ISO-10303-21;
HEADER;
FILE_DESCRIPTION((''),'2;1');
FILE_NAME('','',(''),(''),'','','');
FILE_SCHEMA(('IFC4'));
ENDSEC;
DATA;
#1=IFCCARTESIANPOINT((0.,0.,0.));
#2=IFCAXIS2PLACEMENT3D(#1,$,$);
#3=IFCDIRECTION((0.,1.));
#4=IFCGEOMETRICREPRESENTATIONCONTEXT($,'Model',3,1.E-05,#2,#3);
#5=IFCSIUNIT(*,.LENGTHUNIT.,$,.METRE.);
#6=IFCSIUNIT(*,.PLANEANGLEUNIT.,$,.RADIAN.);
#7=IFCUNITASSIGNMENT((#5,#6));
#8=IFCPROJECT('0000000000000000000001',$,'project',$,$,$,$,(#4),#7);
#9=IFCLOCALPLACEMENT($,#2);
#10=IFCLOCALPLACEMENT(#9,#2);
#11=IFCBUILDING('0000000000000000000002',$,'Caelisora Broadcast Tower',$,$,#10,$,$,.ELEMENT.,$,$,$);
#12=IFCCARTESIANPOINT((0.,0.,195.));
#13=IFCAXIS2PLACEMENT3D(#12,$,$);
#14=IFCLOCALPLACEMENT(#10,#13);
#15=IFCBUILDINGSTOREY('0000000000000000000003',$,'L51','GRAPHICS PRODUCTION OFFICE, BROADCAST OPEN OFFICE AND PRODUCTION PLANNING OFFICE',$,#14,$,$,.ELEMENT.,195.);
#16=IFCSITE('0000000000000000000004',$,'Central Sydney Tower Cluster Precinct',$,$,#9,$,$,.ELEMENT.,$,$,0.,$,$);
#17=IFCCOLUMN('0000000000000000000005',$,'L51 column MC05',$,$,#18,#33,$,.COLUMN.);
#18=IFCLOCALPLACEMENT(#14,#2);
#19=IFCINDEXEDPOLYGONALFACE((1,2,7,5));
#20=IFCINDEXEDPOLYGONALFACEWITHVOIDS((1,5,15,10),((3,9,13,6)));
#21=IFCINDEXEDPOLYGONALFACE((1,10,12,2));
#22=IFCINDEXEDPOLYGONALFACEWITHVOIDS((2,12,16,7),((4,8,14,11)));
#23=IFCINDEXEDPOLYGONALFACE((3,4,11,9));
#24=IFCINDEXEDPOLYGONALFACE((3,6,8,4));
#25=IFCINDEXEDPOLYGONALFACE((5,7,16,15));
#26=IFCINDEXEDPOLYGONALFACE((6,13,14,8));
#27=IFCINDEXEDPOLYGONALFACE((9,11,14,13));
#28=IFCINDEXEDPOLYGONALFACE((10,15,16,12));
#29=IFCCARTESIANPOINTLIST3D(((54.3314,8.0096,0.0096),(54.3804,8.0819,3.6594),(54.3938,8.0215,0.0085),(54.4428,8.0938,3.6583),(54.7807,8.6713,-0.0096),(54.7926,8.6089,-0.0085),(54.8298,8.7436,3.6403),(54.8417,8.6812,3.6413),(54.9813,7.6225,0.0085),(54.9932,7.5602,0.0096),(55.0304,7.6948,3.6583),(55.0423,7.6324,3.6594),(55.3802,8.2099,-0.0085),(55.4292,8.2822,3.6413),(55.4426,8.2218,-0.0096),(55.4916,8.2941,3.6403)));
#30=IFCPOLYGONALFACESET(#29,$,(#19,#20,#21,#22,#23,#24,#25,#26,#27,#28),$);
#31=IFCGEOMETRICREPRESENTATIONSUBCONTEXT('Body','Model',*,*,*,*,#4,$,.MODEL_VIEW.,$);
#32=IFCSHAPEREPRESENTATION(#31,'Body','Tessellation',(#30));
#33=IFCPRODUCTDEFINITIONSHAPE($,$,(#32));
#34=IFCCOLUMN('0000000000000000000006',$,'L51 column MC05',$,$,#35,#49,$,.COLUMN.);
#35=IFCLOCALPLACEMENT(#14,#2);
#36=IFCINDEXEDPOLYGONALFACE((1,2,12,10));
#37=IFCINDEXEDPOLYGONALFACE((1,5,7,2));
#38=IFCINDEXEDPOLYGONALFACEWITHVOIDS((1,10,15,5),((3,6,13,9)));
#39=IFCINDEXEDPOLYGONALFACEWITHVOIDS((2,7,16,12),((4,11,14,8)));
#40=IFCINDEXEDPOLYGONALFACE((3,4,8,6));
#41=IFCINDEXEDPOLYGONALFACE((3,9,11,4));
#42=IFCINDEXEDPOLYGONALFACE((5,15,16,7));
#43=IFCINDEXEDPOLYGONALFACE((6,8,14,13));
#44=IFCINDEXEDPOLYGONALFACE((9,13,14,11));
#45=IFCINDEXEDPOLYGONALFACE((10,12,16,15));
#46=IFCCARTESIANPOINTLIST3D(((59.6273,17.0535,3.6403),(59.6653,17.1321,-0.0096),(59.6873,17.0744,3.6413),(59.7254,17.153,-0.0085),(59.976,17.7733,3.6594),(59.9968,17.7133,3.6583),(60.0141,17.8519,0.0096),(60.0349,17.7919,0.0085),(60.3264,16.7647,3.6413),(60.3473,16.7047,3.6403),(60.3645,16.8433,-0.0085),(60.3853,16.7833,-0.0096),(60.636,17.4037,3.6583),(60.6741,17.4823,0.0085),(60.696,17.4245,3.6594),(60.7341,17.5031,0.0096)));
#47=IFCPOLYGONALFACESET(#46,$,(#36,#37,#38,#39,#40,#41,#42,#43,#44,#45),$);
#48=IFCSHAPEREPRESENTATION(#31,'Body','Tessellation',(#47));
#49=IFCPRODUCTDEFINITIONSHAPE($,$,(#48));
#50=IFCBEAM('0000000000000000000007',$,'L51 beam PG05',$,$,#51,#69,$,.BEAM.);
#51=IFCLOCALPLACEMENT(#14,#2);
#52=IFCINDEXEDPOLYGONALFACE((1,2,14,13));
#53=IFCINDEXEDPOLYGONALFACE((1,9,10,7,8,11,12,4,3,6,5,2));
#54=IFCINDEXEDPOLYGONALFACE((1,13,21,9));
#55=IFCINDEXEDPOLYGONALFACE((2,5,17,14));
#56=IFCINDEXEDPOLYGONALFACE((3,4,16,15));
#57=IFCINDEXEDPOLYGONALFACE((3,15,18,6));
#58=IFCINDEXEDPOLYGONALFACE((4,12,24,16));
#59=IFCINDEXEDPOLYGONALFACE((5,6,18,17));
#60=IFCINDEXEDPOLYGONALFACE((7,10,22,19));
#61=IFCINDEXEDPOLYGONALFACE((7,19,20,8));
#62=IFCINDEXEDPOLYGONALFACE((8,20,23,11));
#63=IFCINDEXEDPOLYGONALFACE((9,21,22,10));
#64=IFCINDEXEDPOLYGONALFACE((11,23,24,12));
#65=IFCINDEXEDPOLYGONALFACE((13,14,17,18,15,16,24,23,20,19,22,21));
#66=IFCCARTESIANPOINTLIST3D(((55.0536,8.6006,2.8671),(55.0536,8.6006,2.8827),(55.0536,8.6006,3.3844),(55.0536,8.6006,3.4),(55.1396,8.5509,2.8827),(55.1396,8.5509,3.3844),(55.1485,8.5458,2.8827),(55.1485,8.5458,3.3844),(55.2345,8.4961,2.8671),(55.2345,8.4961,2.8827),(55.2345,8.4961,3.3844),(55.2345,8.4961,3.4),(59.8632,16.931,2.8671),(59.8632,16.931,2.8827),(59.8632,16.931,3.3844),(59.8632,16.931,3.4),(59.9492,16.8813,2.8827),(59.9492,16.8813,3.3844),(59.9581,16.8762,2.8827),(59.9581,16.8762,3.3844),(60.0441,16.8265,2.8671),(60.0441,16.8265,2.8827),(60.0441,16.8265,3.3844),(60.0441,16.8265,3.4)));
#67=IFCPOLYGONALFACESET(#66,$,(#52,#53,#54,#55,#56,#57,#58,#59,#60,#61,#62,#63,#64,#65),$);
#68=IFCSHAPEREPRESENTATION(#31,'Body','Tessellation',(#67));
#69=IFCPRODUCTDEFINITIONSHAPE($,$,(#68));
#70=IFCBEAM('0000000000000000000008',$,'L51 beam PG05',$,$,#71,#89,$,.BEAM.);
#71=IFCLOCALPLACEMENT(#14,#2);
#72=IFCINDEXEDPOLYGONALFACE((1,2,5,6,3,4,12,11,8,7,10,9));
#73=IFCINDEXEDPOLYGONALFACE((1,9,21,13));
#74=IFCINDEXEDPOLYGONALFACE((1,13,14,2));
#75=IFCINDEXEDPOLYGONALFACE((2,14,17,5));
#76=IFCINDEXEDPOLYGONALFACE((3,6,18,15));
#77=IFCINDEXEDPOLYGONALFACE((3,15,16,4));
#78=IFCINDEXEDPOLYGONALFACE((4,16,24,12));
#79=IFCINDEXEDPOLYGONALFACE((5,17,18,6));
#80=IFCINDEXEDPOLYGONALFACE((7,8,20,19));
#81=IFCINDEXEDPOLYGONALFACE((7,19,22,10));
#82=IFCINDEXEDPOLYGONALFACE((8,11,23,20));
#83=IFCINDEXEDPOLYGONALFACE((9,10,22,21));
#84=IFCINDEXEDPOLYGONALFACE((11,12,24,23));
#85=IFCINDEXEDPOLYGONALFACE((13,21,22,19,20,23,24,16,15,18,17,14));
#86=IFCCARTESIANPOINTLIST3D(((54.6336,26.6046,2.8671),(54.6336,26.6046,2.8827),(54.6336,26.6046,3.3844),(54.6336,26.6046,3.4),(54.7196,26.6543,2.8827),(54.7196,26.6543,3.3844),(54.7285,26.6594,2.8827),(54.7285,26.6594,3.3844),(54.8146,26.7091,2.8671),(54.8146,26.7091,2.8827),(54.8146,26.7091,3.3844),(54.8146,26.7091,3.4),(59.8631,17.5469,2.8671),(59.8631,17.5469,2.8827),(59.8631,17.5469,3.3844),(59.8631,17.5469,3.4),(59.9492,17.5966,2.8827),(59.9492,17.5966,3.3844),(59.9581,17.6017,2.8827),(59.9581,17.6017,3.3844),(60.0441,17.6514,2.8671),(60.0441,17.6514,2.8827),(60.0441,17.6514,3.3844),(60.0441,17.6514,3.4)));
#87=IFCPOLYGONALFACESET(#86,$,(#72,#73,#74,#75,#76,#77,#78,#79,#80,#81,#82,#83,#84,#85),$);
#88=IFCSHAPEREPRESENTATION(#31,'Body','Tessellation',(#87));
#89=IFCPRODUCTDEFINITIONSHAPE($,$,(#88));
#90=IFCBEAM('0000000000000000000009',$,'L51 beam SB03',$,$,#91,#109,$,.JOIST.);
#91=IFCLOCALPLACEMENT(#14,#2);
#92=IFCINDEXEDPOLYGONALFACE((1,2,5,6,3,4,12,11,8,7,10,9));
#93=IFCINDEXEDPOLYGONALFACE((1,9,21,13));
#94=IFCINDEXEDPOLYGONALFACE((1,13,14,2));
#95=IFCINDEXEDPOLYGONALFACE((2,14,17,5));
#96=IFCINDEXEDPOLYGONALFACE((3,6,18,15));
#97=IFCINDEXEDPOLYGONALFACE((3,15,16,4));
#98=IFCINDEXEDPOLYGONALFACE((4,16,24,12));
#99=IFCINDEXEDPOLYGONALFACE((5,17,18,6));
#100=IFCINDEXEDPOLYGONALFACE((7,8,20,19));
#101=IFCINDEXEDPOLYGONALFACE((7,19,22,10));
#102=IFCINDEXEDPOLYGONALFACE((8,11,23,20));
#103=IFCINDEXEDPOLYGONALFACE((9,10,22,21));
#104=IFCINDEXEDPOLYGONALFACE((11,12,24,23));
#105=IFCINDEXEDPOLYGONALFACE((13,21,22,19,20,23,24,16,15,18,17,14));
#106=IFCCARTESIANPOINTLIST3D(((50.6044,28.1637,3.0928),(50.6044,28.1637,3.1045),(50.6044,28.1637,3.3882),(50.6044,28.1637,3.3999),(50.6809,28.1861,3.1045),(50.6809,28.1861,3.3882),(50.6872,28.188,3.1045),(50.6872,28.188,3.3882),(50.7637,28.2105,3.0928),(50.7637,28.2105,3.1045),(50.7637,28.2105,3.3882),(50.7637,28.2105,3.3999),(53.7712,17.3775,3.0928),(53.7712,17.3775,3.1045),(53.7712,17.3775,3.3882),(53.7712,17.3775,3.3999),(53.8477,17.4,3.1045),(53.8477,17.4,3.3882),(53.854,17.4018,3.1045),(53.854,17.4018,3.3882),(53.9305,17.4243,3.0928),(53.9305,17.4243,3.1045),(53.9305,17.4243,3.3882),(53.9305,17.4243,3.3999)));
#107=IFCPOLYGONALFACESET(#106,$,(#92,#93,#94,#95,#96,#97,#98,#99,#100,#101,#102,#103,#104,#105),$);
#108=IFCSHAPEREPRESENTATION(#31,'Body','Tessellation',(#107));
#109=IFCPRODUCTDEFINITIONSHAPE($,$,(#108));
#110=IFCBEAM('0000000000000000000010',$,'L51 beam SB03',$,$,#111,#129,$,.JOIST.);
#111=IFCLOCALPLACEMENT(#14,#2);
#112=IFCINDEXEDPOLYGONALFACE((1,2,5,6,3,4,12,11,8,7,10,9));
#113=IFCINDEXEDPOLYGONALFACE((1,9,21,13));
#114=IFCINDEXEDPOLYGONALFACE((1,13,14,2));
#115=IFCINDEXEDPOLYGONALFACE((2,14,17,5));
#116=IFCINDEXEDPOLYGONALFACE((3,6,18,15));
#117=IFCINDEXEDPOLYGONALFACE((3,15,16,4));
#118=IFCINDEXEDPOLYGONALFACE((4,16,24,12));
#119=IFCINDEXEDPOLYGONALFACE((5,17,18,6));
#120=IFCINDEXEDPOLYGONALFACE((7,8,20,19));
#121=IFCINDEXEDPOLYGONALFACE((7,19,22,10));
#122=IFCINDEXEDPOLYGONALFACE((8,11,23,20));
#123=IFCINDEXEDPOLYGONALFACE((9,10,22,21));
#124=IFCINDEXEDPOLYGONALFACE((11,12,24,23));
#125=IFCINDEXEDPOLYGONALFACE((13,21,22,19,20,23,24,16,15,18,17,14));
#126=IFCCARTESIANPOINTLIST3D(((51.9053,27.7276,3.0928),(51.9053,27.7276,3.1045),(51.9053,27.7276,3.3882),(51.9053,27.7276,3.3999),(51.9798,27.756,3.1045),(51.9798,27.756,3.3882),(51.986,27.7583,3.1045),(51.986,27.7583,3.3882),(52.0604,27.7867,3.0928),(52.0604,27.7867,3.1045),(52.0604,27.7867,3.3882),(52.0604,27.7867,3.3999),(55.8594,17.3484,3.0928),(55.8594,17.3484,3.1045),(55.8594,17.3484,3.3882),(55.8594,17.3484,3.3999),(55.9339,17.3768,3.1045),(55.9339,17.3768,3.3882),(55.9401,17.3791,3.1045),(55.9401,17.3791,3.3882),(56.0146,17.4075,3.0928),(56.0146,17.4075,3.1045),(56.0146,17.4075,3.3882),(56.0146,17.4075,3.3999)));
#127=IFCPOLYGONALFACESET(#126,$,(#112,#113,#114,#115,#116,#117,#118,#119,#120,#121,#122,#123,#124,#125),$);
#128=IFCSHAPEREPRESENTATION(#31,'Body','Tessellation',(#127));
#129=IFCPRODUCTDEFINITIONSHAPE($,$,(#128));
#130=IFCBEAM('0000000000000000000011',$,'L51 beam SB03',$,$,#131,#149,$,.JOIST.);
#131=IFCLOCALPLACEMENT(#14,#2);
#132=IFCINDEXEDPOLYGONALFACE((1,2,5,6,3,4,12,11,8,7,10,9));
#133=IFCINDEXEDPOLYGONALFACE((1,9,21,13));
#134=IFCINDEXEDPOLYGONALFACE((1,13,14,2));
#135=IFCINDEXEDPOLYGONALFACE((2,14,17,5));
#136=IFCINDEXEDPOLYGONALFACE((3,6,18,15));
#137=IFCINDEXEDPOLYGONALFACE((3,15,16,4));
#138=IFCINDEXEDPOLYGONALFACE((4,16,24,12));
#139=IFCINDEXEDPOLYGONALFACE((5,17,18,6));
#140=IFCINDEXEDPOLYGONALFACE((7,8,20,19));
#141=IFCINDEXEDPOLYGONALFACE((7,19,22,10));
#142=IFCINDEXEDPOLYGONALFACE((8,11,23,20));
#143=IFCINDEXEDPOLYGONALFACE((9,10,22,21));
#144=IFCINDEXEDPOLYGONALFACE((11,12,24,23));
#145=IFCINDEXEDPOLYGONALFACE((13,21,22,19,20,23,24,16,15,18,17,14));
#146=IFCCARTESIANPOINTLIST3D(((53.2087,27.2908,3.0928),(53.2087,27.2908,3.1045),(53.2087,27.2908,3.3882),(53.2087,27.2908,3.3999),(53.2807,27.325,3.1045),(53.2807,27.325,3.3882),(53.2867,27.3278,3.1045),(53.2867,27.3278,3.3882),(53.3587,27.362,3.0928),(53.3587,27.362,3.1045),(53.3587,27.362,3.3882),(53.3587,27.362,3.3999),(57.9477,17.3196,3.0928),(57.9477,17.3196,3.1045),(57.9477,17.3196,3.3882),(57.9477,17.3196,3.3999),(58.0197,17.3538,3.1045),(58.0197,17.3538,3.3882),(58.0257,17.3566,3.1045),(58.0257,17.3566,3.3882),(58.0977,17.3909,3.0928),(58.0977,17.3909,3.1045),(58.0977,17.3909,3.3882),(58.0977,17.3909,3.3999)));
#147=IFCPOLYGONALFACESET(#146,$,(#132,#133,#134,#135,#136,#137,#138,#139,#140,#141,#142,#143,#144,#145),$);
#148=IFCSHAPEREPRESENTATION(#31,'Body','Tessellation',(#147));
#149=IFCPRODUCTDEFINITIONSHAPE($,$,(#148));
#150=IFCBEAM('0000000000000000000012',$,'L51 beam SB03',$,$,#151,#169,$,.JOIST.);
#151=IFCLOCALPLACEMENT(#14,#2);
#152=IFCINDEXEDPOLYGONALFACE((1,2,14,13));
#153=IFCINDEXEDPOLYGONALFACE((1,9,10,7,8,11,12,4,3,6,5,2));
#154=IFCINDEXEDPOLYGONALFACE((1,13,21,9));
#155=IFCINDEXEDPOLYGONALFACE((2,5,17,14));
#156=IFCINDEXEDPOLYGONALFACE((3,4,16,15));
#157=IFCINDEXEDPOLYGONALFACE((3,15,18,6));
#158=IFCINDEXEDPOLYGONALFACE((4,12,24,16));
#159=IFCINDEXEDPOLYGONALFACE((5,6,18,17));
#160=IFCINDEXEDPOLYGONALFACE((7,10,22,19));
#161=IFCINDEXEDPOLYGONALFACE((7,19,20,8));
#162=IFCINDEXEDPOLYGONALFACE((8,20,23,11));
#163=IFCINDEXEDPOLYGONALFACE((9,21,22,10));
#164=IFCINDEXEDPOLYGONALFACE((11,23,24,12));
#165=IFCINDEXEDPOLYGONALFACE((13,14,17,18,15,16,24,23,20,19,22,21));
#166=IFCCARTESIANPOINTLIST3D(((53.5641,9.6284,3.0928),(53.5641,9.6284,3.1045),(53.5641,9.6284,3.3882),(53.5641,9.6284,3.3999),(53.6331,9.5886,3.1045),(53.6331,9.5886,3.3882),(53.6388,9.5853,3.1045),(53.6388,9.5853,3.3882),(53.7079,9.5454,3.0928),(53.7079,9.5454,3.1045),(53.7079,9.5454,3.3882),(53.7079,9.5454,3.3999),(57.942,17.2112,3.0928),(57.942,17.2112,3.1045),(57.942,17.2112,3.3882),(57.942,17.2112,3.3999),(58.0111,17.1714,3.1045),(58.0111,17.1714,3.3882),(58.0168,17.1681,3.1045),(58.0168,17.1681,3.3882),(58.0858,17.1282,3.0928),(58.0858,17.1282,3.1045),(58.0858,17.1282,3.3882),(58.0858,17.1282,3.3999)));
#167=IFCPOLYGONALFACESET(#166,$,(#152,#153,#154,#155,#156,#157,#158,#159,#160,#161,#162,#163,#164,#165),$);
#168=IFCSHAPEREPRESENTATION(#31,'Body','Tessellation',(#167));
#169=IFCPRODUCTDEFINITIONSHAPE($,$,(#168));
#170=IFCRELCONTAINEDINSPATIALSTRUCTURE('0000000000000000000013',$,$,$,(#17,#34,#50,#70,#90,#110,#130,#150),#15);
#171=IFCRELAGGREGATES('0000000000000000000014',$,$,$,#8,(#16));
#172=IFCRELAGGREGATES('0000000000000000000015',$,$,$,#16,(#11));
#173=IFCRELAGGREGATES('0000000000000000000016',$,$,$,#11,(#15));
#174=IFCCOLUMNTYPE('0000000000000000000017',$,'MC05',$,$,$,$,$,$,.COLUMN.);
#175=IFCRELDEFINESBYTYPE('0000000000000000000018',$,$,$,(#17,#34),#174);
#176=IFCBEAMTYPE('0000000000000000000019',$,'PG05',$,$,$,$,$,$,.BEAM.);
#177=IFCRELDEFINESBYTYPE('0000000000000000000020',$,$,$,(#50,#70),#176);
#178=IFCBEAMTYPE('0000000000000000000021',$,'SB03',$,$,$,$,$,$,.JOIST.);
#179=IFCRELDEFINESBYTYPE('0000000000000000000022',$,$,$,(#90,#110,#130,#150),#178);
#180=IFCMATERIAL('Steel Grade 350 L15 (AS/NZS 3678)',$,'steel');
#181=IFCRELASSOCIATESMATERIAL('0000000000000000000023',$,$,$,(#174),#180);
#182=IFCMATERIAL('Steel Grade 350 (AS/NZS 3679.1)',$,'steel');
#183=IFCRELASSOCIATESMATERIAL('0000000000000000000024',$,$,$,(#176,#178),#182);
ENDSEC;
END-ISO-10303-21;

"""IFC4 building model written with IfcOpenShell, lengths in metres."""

from ifc_helpers import new_model, si_unit, direction, frame, origin, origin_2d, place, context, subcontext, project, spatial, hollow_rectangle, i_section, extrude, source, transform, mapped, material, material_profile, profile_set, type_object, type_shapes, element, save


model = new_model("IFC4")

# Units and contexts
model_context = context("Model", 3, precision=1e-05, world=origin(), true_north=direction((0.0, 1.0)))
body_context = subcontext(model_context, "Body", "Model", "MODEL_VIEW")
ifc_project = project(units=[si_unit("LENGTHUNIT", "METRE"), si_unit("PLANEANGLEUNIT", "RADIAN")], contexts=[model_context])

# Site, building, storey
site_placement = place(None, origin())
site = spatial("IfcSite", under=ifc_project, at=site_placement, Name="Central Sydney Tower Cluster Precinct", CompositionType="ELEMENT", RefElevation=0.0)
building_placement = place(site_placement, origin())
building = spatial("IfcBuilding", under=site, at=building_placement, Name="Caelisora Broadcast Tower", CompositionType="ELEMENT")
storey_placement = place(building_placement, frame((0.0, 0.0, 195.0)))
storey = spatial("IfcBuildingStorey", under=building, at=storey_placement, Name="L51", Description="GRAPHICS PRODUCTION OFFICE, BROADCAST OPEN OFFICE AND PRODUCTION PLANNING OFFICE", CompositionType="ELEMENT", Elevation=195.0)

# Columns
ifc_material_1 = material(Name="Steel Grade 350 L15 (AS/NZS 3678)", Category="steel")
ifc_material_profile_1 = material_profile(ifc_material_1, hollow_rectangle(XDim=0.8, YDim=0.8, WallThickness=0.0449, at=origin_2d()), Name="Steel Grade 350 L15 (AS/NZS 3678)")
ifc_profile_set_1 = profile_set([ifc_material_profile_1], Name="Steel Grade 350 L15 (AS/NZS 3678)")
column_type = type_object("IfcColumnType", Name="MC05", PredefinedType="COLUMN", material=ifc_profile_set_1)
shared_shape_1 = source(origin(), body_context, "Body", "SweptSolid", [
    extrude(hollow_rectangle(XDim=0.8, YDim=0.8, WallThickness=0.0449, at=origin_2d()), origin(), (0.0, 0.0, 1.0), 3.6509),
])
type_shapes(column_type, [shared_shape_1])
for number, where, z_axis, x_axis, name in (
    (1, (54.887, 8.1157, 0.0), (0.013441, 0.019794, 0.999714), (-0.82729, 0.561775, 0.0), "L51 column MC05"),
    (2, (60.1997, 17.3176, 0.0), (-0.010432, -0.021532, 0.999714), (0.899947, -0.435999, 0.0), "L51 column MC05"),
):
    element("IfcColumn", number, at=place(storey_placement, frame(where, z_axis=z_axis, x_axis=x_axis)), inside=storey, type_object=column_type, Name=name, PredefinedType="COLUMN", context=body_context, shape_type="MappedRepresentation", body=[
        mapped(shared_shape_1, transform((0.0, 0.0, 0.0), scale=1.0)),
    ])

# Beams
ifc_material_2 = material(Name="Steel Grade 350 (AS/NZS 3679.1)", Category="steel")
ifc_material_profile_2 = material_profile(ifc_material_2, i_section(OverallWidth=0.209, OverallDepth=0.533, WebThickness=0.0103, FlangeThickness=0.0156, at=origin_2d()), Name="Steel Grade 350 (AS/NZS 3679.1)")
ifc_profile_set_2 = profile_set([ifc_material_profile_2], Name="Steel Grade 350 (AS/NZS 3679.1)")
beam_type_1 = type_object("IfcBeamType", Name="PG05", PredefinedType="BEAM", material=ifc_profile_set_2)
shared_shape_2 = source(origin(), body_context, "Body", "SweptSolid", [
    extrude(i_section(OverallWidth=0.209, OverallDepth=0.533, WebThickness=0.0103, FlangeThickness=0.0156, at=origin_2d()), origin(), (0.0, 0.0, 1.0), 9.6191),
])
beam_1_placement = place(storey_placement, frame((55.144, 8.5483, 3.1335), z_axis=(0.500004, 0.866023, 0.0), x_axis=(-0.866023, 0.500004, 0.0)))
element("IfcBeam", 3, at=beam_1_placement, inside=storey, type_object=beam_type_1, Name="L51 beam PG05", PredefinedType="BEAM", context=body_context, shape_type="MappedRepresentation", body=[
    mapped(shared_shape_2, transform((0.0, 0.0, 0.0), scale=1.0)),
])
shared_shape_3 = source(origin(), body_context, "Body", "SweptSolid", [
    extrude(i_section(OverallWidth=0.209, OverallDepth=0.533, WebThickness=0.0103, FlangeThickness=0.0156, at=origin_2d()), origin(), (0.0, 0.0, 1.0), 10.459),
])
type_shapes(beam_type_1, [shared_shape_2, shared_shape_3])
beam_2_placement = place(storey_placement, frame((59.9536, 17.5991, 3.1335), z_axis=(-0.500005, 0.866022, 0.0), x_axis=(-0.866022, -0.500005, 0.0)))
element("IfcBeam", 4, at=beam_2_placement, inside=storey, type_object=beam_type_1, Name="L51 beam PG05", PredefinedType="BEAM", context=body_context, shape_type="MappedRepresentation", body=[
    mapped(shared_shape_3, transform((0.0, 0.0, 0.0), scale=1.0)),
])
ifc_material_profile_3 = material_profile(ifc_material_2, i_section(OverallWidth=0.166, OverallDepth=0.3071, WebThickness=0.0066, FlangeThickness=0.0117, at=origin_2d()), Name="Steel Grade 350 (AS/NZS 3679.1)")
ifc_profile_set_3 = profile_set([ifc_material_profile_3], Name="Steel Grade 350 (AS/NZS 3679.1)")
beam_type_2 = type_object("IfcBeamType", Name="SB03", PredefinedType="JOIST", material=ifc_profile_set_3)
shared_shape_4 = source(origin(), body_context, "Body", "SweptSolid", [
    extrude(i_section(OverallWidth=0.166, OverallDepth=0.3071, WebThickness=0.0066, FlangeThickness=0.0117, at=origin_2d()), origin(), (0.0, 0.0, 1.0), 11.2415),
])
beam_3_placement = place(storey_placement, frame((53.8508, 17.4009, 3.2463), z_axis=(-0.281704, 0.959501, 0.0), x_axis=(-0.959501, -0.281704, 0.0)))
element("IfcBeam", 5, at=beam_3_placement, inside=storey, type_object=beam_type_2, Name="L51 beam SB03", PredefinedType="JOIST", context=body_context, shape_type="MappedRepresentation", body=[
    mapped(shared_shape_4, transform((0.0, 0.0, 0.0), scale=1.0)),
])
shared_shape_5 = source(origin(), body_context, "Body", "SweptSolid", [
    extrude(i_section(OverallWidth=0.166, OverallDepth=0.3071, WebThickness=0.0066, FlangeThickness=0.0117, at=origin_2d()), origin(), (0.0, 0.0, 1.0), 11.1069),
])
beam_4_placement = place(storey_placement, frame((55.937, 17.3779, 3.2463), z_axis=(-0.356006, 0.934484, 0.0), x_axis=(-0.934484, -0.356006, 0.0)))
element("IfcBeam", 6, at=beam_4_placement, inside=storey, type_object=beam_type_2, Name="L51 beam SB03", PredefinedType="JOIST", context=body_context, shape_type="MappedRepresentation", body=[
    mapped(shared_shape_5, transform((0.0, 0.0, 0.0), scale=1.0)),
])
shared_shape_6 = source(origin(), body_context, "Body", "SweptSolid", [
    extrude(i_section(OverallWidth=0.166, OverallDepth=0.3071, WebThickness=0.0066, FlangeThickness=0.0117, at=origin_2d()), origin(), (0.0, 0.0, 1.0), 11.04),
])
beam_5_placement = place(storey_placement, frame((58.0227, 17.3552, 3.2463), z_axis=(-0.429256, 0.903183, 0.0), x_axis=(-0.903183, -0.429256, 0.0)))
element("IfcBeam", 7, at=beam_5_placement, inside=storey, type_object=beam_type_2, Name="L51 beam SB03", PredefinedType="JOIST", context=body_context, shape_type="MappedRepresentation", body=[
    mapped(shared_shape_6, transform((0.0, 0.0, 0.0), scale=1.0)),
])
shared_shape_7 = source(origin(), body_context, "Body", "SweptSolid", [
    extrude(i_section(OverallWidth=0.166, OverallDepth=0.3071, WebThickness=0.0066, FlangeThickness=0.0117, at=origin_2d()), origin(), (0.0, 0.0, 1.0), 8.7559),
])
type_shapes(beam_type_2, [shared_shape_4, shared_shape_5, shared_shape_6, shared_shape_7])
beam_6_placement = place(storey_placement, frame((53.636, 9.5869, 3.2463), z_axis=(0.500002, 0.866024, 0.0), x_axis=(-0.866024, 0.500002, 0.0)))
element("IfcBeam", 8, at=beam_6_placement, inside=storey, type_object=beam_type_2, Name="L51 beam SB03", PredefinedType="JOIST", context=body_context, shape_type="MappedRepresentation", body=[
    mapped(shared_shape_7, transform((0.0, 0.0, 0.0), scale=1.0)),
])

save(model, "model.ifc")
